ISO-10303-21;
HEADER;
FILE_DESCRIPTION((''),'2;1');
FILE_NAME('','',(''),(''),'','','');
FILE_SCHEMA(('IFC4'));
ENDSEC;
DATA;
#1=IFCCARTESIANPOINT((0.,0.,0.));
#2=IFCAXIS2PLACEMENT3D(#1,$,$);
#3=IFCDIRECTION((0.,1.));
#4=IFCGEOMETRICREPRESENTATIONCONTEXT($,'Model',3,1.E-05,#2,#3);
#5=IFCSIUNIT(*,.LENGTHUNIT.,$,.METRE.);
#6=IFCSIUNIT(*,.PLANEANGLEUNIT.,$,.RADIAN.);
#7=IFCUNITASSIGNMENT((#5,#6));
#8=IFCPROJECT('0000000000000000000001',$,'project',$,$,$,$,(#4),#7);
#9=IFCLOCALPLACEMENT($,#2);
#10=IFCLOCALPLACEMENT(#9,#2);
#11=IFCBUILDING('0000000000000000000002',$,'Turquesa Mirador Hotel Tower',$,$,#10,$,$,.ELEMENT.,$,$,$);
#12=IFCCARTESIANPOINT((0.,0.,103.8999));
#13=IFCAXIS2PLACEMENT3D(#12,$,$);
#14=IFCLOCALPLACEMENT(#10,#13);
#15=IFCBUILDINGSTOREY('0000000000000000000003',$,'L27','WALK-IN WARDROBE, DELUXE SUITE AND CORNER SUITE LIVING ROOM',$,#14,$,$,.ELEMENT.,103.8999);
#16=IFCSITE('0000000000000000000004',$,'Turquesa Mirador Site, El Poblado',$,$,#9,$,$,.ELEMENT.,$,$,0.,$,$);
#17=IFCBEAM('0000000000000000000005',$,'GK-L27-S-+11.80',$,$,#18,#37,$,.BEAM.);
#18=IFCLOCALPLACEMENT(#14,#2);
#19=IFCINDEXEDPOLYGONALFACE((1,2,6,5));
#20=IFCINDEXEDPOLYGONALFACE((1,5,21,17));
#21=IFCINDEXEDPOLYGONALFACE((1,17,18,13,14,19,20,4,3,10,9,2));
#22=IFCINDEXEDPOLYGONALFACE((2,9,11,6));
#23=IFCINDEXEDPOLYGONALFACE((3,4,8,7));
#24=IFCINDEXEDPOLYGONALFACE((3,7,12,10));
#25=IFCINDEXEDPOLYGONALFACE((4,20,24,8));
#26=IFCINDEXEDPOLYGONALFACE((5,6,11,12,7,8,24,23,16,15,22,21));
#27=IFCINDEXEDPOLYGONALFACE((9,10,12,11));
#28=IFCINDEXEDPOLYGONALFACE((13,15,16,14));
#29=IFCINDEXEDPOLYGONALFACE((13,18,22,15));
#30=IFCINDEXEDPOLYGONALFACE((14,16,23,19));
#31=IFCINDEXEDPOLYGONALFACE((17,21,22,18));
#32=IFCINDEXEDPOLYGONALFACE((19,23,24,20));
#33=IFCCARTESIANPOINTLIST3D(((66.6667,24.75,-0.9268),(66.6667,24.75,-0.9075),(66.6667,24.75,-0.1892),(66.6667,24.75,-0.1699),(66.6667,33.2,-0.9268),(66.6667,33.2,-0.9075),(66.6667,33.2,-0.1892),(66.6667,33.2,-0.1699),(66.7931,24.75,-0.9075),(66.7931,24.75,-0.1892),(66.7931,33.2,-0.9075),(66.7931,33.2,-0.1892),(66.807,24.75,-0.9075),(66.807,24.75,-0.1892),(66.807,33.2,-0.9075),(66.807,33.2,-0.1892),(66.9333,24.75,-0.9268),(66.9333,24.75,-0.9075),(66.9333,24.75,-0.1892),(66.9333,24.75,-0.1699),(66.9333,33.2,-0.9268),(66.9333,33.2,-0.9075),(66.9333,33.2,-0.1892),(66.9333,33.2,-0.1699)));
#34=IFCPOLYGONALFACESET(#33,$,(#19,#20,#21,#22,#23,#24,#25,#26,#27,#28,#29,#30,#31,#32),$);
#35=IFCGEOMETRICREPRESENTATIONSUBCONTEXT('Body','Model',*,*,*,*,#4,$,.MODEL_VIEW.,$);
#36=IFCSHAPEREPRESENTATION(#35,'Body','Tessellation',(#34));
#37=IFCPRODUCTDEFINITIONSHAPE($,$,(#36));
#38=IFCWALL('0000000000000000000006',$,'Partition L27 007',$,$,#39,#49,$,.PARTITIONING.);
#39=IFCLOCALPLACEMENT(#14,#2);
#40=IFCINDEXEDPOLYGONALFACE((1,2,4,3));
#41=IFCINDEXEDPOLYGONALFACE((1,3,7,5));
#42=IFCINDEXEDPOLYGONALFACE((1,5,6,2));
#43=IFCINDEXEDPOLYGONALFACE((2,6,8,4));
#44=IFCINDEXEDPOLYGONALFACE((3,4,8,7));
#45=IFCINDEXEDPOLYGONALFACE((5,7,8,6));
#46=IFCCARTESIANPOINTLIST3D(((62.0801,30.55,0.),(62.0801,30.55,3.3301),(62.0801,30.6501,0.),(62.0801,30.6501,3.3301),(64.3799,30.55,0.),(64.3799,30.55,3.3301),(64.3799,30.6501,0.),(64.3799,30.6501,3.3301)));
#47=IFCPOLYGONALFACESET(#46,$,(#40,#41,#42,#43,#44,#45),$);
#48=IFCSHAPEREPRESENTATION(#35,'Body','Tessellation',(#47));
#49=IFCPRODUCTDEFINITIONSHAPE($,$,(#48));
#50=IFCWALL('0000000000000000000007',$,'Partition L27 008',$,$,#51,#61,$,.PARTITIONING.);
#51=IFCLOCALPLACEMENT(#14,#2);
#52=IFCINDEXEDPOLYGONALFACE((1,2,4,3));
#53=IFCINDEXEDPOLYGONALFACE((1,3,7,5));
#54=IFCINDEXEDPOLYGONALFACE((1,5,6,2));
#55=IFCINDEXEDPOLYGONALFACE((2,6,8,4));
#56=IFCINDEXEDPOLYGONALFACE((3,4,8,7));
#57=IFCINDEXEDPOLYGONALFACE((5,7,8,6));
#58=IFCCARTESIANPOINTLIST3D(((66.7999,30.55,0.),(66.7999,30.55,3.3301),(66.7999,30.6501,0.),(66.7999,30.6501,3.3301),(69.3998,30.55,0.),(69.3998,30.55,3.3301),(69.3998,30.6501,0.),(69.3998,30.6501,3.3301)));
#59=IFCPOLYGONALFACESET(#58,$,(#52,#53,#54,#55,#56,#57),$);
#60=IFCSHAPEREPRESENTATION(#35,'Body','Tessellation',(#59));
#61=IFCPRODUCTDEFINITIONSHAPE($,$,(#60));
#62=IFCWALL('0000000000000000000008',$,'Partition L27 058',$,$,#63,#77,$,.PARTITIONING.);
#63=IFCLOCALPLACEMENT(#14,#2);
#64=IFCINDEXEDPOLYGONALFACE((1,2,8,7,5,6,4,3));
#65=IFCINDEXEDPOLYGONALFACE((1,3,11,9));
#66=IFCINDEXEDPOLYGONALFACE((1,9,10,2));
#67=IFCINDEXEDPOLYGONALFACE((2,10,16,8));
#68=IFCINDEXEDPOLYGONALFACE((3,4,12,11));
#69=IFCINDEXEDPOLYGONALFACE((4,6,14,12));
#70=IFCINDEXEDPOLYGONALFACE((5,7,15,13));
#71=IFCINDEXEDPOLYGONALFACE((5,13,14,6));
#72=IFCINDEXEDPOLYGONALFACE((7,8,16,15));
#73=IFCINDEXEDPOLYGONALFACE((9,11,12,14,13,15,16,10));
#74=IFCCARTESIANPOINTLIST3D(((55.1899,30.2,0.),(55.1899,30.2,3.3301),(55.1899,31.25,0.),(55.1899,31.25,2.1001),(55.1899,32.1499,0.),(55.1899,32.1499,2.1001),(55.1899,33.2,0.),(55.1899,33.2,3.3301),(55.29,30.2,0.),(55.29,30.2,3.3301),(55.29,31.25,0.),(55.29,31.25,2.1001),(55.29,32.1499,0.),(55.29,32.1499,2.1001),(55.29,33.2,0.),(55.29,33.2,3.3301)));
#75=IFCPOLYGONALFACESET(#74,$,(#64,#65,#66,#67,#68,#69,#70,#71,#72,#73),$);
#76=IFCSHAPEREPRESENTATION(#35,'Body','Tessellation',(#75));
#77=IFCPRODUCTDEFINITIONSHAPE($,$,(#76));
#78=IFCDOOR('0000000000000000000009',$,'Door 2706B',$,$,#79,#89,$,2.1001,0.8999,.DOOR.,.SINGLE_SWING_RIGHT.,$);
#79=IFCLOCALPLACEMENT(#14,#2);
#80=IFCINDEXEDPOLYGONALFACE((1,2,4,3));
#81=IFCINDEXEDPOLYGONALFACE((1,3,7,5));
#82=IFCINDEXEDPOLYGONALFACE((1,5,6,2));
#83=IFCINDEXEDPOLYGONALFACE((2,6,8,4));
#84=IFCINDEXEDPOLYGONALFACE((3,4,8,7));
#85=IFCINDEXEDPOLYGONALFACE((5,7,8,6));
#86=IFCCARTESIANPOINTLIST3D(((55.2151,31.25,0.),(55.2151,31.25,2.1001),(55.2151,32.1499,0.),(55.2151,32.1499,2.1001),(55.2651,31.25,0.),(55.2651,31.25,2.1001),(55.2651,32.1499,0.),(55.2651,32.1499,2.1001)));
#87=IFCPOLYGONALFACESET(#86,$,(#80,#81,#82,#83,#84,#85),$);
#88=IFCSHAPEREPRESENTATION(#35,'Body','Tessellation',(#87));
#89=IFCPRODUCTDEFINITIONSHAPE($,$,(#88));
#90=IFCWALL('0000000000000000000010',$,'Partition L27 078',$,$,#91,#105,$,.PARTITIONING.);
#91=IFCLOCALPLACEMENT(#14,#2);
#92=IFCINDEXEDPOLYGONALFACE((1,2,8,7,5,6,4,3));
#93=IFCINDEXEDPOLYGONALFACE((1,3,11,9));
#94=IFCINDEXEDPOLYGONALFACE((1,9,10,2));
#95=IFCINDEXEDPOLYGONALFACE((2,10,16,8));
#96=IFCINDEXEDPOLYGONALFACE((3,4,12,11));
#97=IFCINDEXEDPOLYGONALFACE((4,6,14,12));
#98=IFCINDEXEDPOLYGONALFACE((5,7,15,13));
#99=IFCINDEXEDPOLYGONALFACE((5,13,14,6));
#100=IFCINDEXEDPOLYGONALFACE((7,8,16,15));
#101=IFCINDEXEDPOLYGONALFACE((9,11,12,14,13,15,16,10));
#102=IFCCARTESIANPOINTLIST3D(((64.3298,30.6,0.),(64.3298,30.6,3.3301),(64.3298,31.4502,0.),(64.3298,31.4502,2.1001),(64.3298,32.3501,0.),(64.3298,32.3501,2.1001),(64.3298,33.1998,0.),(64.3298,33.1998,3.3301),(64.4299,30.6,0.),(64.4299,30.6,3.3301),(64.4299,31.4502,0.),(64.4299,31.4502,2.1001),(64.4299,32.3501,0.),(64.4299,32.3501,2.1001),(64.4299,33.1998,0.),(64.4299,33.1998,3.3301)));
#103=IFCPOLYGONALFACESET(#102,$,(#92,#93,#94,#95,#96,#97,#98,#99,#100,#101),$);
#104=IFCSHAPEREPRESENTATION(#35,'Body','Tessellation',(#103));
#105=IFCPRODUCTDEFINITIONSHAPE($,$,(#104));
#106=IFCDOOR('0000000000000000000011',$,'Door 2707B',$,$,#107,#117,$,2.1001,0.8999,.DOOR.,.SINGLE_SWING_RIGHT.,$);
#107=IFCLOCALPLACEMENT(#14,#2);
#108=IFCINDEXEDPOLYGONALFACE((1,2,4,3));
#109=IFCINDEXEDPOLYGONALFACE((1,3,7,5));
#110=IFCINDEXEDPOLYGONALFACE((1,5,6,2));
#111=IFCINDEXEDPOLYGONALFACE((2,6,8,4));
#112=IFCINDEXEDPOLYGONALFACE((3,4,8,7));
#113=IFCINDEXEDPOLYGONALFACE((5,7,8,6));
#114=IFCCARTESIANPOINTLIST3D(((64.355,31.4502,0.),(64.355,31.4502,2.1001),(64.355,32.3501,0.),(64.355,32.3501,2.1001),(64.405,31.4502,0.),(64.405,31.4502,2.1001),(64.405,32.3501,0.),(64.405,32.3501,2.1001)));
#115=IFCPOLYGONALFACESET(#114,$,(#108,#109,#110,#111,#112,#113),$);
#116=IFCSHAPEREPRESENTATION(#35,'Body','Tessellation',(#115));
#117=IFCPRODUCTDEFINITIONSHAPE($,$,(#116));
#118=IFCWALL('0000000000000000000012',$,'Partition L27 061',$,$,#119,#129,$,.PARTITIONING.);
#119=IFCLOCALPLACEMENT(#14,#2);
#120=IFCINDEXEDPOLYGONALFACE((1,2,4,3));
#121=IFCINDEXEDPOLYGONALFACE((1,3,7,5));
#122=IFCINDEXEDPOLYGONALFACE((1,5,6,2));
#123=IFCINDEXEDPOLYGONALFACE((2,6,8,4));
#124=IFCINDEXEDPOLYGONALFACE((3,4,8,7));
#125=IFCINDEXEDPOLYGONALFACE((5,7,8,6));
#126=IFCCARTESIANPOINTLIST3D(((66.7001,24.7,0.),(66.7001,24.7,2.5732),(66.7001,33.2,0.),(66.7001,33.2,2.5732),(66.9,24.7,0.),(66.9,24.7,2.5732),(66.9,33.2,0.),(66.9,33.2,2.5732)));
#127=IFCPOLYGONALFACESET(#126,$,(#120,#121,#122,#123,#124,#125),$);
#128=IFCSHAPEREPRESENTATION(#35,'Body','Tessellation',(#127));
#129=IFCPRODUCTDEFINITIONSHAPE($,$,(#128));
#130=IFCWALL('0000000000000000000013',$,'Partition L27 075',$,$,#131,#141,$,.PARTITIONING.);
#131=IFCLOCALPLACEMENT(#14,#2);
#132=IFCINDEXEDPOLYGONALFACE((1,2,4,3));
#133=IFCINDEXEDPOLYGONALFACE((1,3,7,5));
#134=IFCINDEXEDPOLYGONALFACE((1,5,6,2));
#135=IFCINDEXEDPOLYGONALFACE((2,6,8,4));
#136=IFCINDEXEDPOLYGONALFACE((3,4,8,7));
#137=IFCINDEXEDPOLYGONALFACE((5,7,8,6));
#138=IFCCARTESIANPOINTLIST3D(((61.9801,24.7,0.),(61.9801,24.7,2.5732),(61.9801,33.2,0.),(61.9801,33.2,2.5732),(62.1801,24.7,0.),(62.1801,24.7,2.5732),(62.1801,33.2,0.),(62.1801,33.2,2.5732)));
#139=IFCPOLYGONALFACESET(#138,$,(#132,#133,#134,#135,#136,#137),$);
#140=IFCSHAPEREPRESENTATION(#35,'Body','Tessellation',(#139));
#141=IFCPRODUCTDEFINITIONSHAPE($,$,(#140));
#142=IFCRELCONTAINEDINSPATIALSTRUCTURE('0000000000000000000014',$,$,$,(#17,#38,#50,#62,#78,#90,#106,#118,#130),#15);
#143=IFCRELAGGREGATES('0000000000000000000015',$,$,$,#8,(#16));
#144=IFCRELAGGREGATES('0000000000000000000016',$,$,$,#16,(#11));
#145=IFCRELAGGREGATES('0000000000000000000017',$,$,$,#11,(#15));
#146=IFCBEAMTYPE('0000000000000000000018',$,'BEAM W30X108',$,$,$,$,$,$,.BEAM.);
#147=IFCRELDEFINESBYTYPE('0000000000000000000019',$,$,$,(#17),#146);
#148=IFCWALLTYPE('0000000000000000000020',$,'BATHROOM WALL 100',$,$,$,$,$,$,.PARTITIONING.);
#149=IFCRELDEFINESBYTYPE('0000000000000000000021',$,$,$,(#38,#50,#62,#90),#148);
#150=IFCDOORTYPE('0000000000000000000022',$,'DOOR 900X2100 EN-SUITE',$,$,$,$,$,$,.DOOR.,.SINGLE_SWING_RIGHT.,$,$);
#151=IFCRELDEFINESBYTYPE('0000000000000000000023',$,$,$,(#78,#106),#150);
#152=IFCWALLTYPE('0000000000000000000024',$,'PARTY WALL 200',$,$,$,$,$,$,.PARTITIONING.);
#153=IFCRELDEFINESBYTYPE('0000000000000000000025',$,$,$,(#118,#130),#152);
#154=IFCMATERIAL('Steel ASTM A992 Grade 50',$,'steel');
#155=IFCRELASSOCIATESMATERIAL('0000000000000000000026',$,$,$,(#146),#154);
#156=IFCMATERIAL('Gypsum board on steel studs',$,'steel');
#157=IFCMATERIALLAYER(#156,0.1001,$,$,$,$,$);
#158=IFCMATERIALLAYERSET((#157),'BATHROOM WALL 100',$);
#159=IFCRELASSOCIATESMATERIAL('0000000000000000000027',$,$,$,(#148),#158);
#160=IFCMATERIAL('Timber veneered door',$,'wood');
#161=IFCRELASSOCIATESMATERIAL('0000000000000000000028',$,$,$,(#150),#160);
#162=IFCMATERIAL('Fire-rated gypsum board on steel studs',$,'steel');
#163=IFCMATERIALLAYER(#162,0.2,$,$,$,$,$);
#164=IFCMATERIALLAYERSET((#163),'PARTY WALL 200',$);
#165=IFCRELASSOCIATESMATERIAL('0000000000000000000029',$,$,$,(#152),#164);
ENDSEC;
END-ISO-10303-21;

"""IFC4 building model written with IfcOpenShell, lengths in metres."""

from ifc_helpers import new_model, si_unit, direction, frame, frame_2d, origin, origin_2d, place, context, subcontext, project, spatial, rectangle, i_section, extrude, material, layer, layer_set, material_profile, profile_set, type_object, element, fill, save


model = new_model("IFC4")

# Units and contexts
model_context = context("Model", 3, precision=1e-05, world=origin(), true_north=direction((0.0, 1.0)))
body_context = subcontext(model_context, "Body", "Model", "MODEL_VIEW")
ifc_project = project(units=[si_unit("LENGTHUNIT", "METRE"), si_unit("PLANEANGLEUNIT", "RADIAN")], contexts=[model_context])

# Site, building, storey
site_placement = place(None, origin())
site = spatial("IfcSite", under=ifc_project, at=site_placement, Name="Turquesa Mirador Site, El Poblado", CompositionType="ELEMENT", RefElevation=0.0)
building_placement = place(site_placement, origin())
building = spatial("IfcBuilding", under=site, at=building_placement, Name="Turquesa Mirador Hotel Tower", CompositionType="ELEMENT")
storey_placement = place(building_placement, frame((0.0, 0.0, 103.8999)))
storey = spatial("IfcBuildingStorey", under=building, at=storey_placement, Name="L27", Description="WALK-IN WARDROBE, DELUXE SUITE AND CORNER SUITE LIVING ROOM", CompositionType="ELEMENT", Elevation=103.8999)

# Beam
ifc_material_1 = material(Name="Steel ASTM A992 Grade 50", Category="steel")
ifc_material_profile_1 = material_profile(ifc_material_1, i_section(OverallWidth=0.2666, OverallDepth=0.7568, WebThickness=0.0139, FlangeThickness=0.0193, at=origin_2d()), Name="W30X108")
ifc_profile_set_1 = profile_set([ifc_material_profile_1], Name="Steel ASTM A992 Grade 50")
beam_type_1 = type_object("IfcBeamType", Name="BEAM W30X108", PredefinedType="BEAM", material=ifc_profile_set_1)
beam_1_placement = place(storey_placement, frame((66.8, 24.75, -0.5483), z_axis=(0.0, 1.0, 0.0), x_axis=(-1.0, 0.0, 0.0)))
element("IfcBeam", 1, at=beam_1_placement, inside=storey, type_object=beam_type_1, Name="GK-L27-S-+11.80", PredefinedType="BEAM", context=body_context, shape_type="SweptSolid", body=[
    extrude(i_section(OverallWidth=0.2666, OverallDepth=0.7568, WebThickness=0.0139, FlangeThickness=0.0193, at=origin_2d()), origin(), (0.0, 0.0, 1.0), 8.45),
])

# Walls
ifc_material_2 = material(Name="Gypsum board on steel studs", Category="steel")
ifc_layer_1 = layer(ifc_material_2, 0.1001)
ifc_layer_set_1 = layer_set([ifc_layer_1], Name="BATHROOM WALL 100")
wall_type_1 = type_object("IfcWallType", Name="BATHROOM WALL 100", PredefinedType="PARTITIONING", material=ifc_layer_set_1)
wall_1_placement = place(storey_placement, frame((62.0801, 30.6001, 0.0), z_axis=(0.0, 0.0, 1.0), x_axis=(1.0, 0.0, 0.0)))
element("IfcWall", 2, at=wall_1_placement, inside=storey, type_object=wall_type_1, Name="Partition L27 007", PredefinedType="PARTITIONING", context=body_context, shape_type="SweptSolid", body=[
    extrude(rectangle(XDim=2.2998, YDim=0.1001, at=frame_2d((1.1499, 0.0))), origin(), (0.0, 0.0, 1.0), 3.3301),
])
wall_2_placement = place(storey_placement, frame((66.8, 30.6001, 0.0), z_axis=(0.0, 0.0, 1.0), x_axis=(1.0, 0.0, 0.0)))
element("IfcWall", 3, at=wall_2_placement, inside=storey, type_object=wall_type_1, Name="Partition L27 008", PredefinedType="PARTITIONING", context=body_context, shape_type="SweptSolid", body=[
    extrude(rectangle(XDim=2.5999, YDim=0.1001, at=frame_2d((1.2998, 0.0))), origin(), (0.0, 0.0, 1.0), 3.3301),
])

# Walls, openings, doors
wall_3_placement = place(storey_placement, frame((55.24, 30.2, 0.0), z_axis=(0.0, 0.0, 1.0), x_axis=(0.0, 1.0, 0.0)))
wall_3 = element("IfcWall", 4, at=wall_3_placement, inside=storey, type_object=wall_type_1, Name="Partition L27 058", PredefinedType="PARTITIONING", context=body_context, shape_type="SweptSolid", body=[
    extrude(rectangle(XDim=3.0, YDim=0.1001, at=frame_2d((1.5, 0.0))), origin(), (0.0, 0.0, 1.0), 3.3301),
])
opening_1_placement = place(wall_3_placement, frame((1.05, 0.0, 0.0)))
opening_1 = element("IfcOpeningElement", 5, at=opening_1_placement, cuts=wall_3, PredefinedType="OPENING", context=body_context, shape_type="SweptSolid", body=[
    extrude(rectangle(XDim=0.8999, YDim=2.1001, at=frame_2d((0.45, 1.05))), frame((0.0, 0.0601, 0.0), z_axis=(0.0, -1.0, 0.0), x_axis=(1.0, 0.0, 0.0)), (0.0, 0.0, 1.0), 0.1201),
])
ifc_material_3 = material(Name="Timber veneered door", Category="wood")
door_type = type_object("IfcDoorType", Name="DOOR 900X2100 EN-SUITE", OperationType="SINGLE_SWING_RIGHT", PredefinedType="DOOR", material=ifc_material_3)
door_1_placement = place(opening_1_placement, origin())
door_1 = element("IfcDoor", 6, at=door_1_placement, inside=storey, type_object=door_type, Name="Door 2706B", OperationType="SINGLE_SWING_RIGHT", OverallHeight=2.1001, OverallWidth=0.8999, PredefinedType="DOOR", context=body_context, shape_type="SweptSolid", body=[
    extrude(rectangle(XDim=0.8999, YDim=2.1001, at=frame_2d((0.45, 1.05))), frame((0.0, 0.0249, 0.0), z_axis=(0.0, -1.0, 0.0), x_axis=(1.0, 0.0, 0.0)), (0.0, 0.0, 1.0), 0.05),
])
fill(opening_1, door_1)
wall_4_placement = place(storey_placement, frame((64.3799, 30.6001, 0.0), z_axis=(0.0, 0.0, 1.0), x_axis=(0.0, 1.0, 0.0)))
wall_4 = element("IfcWall", 7, at=wall_4_placement, inside=storey, type_object=wall_type_1, Name="Partition L27 078", PredefinedType="PARTITIONING", context=body_context, shape_type="SweptSolid", body=[
    extrude(rectangle(XDim=2.5999, YDim=0.1001, at=frame_2d((1.2998, 0.0))), origin(), (0.0, 0.0, 1.0), 3.3301),
])
opening_2_placement = place(wall_4_placement, frame((0.8501, 0.0, 0.0)))
opening_2 = element("IfcOpeningElement", 8, at=opening_2_placement, cuts=wall_4, PredefinedType="OPENING", context=body_context, shape_type="SweptSolid", body=[
    extrude(rectangle(XDim=0.8999, YDim=2.1001, at=frame_2d((0.45, 1.05))), frame((0.0, 0.0601, 0.0), z_axis=(0.0, -1.0, 0.0), x_axis=(1.0, 0.0, 0.0)), (0.0, 0.0, 1.0), 0.1201),
])
door_2_placement = place(opening_2_placement, origin())
door_2 = element("IfcDoor", 9, at=door_2_placement, inside=storey, type_object=door_type, Name="Door 2707B", OperationType="SINGLE_SWING_RIGHT", OverallHeight=2.1001, OverallWidth=0.8999, PredefinedType="DOOR", context=body_context, shape_type="SweptSolid", body=[
    extrude(rectangle(XDim=0.8999, YDim=2.1001, at=frame_2d((0.45, 1.05))), frame((0.0, 0.0249, 0.0), z_axis=(0.0, -1.0, 0.0), x_axis=(1.0, 0.0, 0.0)), (0.0, 0.0, 1.0), 0.05),
])
fill(opening_2, door_2)

# Walls
ifc_material_4 = material(Name="Fire-rated gypsum board on steel studs", Category="steel")
ifc_layer_2 = layer(ifc_material_4, 0.2)
ifc_layer_set_2 = layer_set([ifc_layer_2], Name="PARTY WALL 200")
wall_type_2 = type_object("IfcWallType", Name="PARTY WALL 200", PredefinedType="PARTITIONING", material=ifc_layer_set_2)
for number, where, z_axis, x_axis, name in (
    (10, (66.8, 24.7, 0.0), (0.0, 0.0, 1.0), (0.0, 1.0, 0.0), "Partition L27 061"),
    (11, (62.0801, 24.7, 0.0), (0.0, 0.0, 1.0), (0.0, 1.0, 0.0), "Partition L27 075"),
):
    element("IfcWall", number, at=place(storey_placement, frame(where, z_axis=z_axis, x_axis=x_axis)), inside=storey, type_object=wall_type_2, Name=name, PredefinedType="PARTITIONING", context=body_context, shape_type="SweptSolid", body=[
        extrude(rectangle(XDim=8.5, YDim=0.2, at=frame_2d((4.25, 0.0))), origin(), (0.0, 0.0, 1.0), 2.5732),
    ])

save(model, "model.ifc")
